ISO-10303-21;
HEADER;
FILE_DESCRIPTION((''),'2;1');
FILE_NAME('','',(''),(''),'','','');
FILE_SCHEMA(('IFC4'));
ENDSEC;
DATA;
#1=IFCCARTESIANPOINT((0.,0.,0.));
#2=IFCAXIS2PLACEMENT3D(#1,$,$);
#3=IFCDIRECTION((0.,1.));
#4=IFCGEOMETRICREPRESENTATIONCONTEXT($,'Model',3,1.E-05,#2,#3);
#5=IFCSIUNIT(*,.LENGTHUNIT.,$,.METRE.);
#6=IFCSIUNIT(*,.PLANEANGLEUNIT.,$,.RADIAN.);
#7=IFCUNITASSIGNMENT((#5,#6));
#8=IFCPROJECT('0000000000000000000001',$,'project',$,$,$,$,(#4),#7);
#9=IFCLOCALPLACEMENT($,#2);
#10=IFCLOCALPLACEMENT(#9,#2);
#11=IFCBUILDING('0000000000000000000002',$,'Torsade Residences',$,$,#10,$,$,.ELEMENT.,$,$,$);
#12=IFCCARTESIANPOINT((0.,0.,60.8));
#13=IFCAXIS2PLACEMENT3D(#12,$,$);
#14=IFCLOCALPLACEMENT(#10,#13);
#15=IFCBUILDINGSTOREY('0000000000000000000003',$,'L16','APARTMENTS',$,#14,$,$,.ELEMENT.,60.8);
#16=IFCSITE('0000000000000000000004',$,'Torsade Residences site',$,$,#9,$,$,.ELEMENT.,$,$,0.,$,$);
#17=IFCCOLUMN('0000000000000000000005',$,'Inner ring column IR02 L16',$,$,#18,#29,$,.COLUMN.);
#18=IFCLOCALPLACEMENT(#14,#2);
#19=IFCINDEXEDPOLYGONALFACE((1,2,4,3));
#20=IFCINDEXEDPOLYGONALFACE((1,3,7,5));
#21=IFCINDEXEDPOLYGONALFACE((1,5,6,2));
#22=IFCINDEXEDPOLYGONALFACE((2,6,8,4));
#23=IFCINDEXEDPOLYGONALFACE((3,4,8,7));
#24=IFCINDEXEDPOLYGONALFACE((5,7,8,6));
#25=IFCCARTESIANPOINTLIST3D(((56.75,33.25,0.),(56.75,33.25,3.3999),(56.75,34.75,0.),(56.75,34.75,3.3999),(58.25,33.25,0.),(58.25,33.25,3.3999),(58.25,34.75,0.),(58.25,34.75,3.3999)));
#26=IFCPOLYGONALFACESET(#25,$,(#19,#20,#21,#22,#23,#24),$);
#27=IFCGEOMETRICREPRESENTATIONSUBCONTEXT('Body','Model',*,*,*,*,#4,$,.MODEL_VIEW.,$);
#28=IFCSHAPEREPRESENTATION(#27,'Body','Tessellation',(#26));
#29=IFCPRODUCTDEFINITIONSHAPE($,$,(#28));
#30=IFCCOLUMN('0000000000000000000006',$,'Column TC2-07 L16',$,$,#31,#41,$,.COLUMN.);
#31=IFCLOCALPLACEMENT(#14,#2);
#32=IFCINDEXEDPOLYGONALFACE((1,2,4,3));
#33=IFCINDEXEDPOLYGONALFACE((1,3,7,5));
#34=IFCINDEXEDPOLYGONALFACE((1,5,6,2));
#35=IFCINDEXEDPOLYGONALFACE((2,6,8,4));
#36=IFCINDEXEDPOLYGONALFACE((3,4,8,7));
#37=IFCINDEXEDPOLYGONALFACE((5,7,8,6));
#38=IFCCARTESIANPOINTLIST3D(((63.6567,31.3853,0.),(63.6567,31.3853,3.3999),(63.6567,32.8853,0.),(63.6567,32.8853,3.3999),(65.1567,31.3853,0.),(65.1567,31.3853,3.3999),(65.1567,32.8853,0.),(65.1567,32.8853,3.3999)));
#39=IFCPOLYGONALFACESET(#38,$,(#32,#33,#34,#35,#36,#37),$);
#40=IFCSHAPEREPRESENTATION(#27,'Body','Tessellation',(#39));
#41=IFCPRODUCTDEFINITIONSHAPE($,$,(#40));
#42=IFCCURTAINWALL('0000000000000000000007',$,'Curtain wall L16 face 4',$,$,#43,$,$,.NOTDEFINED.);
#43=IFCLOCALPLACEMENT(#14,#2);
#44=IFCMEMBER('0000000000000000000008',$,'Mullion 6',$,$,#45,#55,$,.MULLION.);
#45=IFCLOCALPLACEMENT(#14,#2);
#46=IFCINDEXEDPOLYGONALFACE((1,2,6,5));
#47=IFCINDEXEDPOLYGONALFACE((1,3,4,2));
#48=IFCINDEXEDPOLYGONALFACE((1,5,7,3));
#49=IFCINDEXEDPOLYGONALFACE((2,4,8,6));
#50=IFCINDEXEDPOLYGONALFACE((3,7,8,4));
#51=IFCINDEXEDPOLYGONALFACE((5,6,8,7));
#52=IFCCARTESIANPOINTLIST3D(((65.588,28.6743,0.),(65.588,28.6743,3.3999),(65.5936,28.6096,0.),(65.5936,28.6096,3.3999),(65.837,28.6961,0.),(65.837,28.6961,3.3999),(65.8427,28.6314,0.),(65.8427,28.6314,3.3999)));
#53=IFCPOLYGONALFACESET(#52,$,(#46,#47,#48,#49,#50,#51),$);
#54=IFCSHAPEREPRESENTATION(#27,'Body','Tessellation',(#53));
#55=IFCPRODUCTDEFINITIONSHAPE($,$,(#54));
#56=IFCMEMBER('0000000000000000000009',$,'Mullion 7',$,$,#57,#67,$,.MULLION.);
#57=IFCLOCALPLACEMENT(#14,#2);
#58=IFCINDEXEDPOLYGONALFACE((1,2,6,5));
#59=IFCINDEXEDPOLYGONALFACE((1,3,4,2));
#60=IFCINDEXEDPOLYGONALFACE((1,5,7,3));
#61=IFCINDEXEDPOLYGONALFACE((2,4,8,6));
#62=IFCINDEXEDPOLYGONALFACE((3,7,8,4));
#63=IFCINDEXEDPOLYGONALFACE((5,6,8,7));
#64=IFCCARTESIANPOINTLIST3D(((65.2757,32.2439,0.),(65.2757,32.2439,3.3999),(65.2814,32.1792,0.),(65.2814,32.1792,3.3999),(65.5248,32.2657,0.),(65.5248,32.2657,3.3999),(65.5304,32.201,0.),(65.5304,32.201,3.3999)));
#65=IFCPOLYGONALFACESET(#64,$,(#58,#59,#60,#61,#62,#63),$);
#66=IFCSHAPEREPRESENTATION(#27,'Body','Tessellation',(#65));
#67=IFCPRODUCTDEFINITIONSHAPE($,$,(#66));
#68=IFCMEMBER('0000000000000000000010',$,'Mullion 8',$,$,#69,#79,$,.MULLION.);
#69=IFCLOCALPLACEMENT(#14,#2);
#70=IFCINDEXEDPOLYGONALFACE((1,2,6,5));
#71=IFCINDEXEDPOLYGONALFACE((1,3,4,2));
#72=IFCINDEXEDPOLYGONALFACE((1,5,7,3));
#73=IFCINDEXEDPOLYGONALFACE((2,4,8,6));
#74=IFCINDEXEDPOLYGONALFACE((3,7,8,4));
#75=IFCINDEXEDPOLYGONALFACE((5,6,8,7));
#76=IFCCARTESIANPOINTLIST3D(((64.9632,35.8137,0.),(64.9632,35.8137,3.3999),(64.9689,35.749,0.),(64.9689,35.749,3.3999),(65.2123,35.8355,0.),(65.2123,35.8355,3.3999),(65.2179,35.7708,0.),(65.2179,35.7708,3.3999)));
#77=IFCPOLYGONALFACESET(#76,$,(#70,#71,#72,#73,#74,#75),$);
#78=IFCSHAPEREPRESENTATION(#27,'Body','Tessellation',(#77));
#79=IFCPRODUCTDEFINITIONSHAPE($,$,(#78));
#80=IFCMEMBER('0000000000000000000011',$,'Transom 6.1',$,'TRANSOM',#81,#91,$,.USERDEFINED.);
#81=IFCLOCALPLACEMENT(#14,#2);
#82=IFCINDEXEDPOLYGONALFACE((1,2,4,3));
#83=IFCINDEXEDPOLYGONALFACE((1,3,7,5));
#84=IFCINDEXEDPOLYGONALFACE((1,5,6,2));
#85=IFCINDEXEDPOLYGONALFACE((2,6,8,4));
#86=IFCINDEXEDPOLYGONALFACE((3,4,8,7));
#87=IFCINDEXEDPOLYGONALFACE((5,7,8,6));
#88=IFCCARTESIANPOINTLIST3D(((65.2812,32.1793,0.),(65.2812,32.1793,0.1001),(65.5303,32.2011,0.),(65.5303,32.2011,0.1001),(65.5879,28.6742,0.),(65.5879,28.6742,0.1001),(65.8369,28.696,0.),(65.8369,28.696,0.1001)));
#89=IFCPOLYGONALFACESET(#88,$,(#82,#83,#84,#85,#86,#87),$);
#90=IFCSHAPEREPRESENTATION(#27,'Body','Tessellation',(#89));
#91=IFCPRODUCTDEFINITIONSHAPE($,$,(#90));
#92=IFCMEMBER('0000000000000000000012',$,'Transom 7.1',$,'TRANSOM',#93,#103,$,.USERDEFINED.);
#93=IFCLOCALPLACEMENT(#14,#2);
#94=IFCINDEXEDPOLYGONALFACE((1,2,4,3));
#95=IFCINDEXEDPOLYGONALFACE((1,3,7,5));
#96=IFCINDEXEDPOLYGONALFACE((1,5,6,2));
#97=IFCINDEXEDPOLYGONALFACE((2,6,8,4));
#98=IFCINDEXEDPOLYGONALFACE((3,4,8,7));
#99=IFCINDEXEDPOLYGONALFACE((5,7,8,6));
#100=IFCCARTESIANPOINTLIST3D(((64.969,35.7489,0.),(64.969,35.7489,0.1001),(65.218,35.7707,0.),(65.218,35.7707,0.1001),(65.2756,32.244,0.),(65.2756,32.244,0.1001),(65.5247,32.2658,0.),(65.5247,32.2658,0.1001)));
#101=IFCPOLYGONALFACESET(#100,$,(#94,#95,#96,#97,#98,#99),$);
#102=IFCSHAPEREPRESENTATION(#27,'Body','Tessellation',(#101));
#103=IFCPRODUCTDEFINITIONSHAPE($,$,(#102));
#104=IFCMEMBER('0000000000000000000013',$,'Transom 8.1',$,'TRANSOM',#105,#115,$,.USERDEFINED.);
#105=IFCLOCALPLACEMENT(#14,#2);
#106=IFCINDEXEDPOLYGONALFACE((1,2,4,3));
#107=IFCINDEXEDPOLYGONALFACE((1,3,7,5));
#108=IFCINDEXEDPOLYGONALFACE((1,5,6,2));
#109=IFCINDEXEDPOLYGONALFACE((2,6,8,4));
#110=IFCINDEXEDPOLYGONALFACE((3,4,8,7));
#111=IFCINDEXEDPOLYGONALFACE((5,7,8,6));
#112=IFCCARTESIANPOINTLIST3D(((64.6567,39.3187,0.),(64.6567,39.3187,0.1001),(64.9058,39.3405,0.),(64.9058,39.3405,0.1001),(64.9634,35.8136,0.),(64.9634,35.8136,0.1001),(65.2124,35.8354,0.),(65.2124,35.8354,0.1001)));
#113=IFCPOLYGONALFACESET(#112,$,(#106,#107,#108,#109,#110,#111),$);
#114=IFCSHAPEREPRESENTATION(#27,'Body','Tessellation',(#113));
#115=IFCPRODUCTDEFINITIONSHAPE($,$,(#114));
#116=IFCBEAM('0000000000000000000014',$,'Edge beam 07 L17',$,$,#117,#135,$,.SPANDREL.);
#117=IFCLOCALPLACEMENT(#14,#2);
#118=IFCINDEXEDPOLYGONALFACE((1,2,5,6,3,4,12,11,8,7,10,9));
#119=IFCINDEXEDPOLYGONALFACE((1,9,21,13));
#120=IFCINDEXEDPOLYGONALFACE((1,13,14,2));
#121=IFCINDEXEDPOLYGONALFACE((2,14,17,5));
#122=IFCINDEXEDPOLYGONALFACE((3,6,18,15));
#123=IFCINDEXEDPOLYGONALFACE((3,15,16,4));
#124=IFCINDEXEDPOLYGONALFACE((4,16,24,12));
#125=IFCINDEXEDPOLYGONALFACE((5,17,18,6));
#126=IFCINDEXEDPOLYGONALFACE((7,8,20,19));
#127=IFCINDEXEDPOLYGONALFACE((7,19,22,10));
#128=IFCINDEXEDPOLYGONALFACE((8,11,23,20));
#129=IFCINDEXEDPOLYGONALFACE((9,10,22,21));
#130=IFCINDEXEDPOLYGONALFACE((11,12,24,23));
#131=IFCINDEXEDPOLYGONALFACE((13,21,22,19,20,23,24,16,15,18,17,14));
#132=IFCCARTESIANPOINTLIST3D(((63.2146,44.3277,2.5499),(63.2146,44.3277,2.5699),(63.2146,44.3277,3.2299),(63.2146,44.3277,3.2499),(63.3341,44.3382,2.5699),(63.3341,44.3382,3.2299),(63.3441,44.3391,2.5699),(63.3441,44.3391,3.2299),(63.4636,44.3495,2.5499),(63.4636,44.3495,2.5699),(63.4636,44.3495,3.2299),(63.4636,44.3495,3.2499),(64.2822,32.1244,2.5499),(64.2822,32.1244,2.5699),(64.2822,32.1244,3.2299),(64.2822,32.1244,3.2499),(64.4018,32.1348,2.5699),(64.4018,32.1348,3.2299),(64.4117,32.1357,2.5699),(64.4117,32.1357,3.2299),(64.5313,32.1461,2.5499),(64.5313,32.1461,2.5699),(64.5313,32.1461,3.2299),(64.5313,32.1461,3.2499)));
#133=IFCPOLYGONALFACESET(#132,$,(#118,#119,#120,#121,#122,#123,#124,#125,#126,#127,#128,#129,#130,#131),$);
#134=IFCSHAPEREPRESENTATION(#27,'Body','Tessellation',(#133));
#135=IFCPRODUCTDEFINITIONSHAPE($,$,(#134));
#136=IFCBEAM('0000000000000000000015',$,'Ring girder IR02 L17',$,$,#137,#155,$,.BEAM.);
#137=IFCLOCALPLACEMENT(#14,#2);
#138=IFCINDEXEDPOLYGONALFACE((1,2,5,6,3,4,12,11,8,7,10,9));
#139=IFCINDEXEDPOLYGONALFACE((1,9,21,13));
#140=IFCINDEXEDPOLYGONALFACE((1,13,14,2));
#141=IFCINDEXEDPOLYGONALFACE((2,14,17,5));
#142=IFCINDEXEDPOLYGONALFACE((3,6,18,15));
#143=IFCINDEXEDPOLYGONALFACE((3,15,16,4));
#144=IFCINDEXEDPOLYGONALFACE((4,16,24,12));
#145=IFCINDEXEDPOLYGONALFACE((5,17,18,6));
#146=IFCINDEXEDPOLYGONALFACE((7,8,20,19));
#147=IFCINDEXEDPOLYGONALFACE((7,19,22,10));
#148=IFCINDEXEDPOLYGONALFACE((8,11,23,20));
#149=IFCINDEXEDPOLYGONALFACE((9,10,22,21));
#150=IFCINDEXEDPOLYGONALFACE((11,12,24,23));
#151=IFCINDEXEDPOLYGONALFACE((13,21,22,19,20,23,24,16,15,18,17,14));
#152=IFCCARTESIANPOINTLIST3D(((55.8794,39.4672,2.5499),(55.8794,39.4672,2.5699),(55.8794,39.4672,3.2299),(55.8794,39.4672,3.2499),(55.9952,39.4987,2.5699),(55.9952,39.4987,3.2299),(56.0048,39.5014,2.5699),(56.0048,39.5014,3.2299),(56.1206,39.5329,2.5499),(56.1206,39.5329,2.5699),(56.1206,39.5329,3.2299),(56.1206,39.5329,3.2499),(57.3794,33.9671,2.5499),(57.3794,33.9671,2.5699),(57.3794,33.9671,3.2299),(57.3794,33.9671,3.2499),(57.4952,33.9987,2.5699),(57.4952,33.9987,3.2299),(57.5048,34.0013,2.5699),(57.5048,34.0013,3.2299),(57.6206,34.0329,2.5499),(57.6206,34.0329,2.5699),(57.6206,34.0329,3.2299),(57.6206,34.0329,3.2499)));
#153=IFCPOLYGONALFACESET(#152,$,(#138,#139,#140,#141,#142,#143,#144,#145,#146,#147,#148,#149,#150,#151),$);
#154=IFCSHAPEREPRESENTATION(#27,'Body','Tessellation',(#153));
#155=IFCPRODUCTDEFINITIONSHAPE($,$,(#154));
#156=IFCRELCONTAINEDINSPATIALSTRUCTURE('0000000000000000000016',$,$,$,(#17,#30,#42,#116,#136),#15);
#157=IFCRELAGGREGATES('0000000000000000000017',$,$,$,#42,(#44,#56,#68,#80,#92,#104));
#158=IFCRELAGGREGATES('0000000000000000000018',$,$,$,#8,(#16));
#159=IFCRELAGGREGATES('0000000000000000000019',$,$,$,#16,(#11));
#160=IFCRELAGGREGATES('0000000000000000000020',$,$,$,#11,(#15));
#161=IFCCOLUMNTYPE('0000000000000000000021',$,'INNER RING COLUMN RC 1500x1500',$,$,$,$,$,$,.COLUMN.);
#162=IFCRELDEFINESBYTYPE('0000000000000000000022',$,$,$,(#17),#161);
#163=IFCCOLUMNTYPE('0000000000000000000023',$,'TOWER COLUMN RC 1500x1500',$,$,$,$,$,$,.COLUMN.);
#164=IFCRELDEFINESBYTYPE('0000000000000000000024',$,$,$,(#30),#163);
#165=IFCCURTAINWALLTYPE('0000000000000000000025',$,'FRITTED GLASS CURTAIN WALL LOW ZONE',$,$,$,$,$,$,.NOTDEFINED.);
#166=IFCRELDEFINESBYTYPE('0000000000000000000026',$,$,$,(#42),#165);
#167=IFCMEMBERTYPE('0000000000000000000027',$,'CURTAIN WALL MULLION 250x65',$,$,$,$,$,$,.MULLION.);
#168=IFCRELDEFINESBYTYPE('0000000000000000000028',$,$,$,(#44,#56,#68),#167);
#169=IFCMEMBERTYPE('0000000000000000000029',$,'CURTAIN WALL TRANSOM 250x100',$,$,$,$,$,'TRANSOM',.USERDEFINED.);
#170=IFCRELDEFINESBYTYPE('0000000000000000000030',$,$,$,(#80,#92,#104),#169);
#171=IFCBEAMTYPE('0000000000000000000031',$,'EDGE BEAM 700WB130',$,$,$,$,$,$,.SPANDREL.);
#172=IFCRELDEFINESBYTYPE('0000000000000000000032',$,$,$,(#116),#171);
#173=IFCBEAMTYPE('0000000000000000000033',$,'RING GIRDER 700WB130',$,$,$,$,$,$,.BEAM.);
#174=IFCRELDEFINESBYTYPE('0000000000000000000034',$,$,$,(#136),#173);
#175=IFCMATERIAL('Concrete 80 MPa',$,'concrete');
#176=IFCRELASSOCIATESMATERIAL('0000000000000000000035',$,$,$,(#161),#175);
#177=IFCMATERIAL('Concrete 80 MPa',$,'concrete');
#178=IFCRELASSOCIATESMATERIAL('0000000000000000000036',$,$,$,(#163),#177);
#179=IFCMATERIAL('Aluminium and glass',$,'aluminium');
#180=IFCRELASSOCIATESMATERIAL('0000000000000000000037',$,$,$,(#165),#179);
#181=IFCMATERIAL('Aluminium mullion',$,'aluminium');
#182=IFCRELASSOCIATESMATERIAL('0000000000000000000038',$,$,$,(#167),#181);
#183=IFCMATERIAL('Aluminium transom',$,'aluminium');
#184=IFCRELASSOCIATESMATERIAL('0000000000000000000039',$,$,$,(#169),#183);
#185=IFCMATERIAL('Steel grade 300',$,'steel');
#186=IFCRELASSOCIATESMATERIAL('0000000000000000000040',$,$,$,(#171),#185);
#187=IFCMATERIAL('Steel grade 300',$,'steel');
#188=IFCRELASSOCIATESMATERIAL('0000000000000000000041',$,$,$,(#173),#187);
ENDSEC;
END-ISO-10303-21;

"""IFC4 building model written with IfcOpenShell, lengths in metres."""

from ifc_helpers import new_model, si_unit, direction, frame, origin, origin_2d, place, context, subcontext, project, spatial, rectangle, i_section, extrude, material, material_profile, profile_set, type_object, element, aggregate, save


model = new_model("IFC4")

# Units and contexts
model_context = context("Model", 3, precision=1e-05, world=origin(), true_north=direction((0.0, 1.0)))
body_context = subcontext(model_context, "Body", "Model", "MODEL_VIEW")
ifc_project = project(units=[si_unit("LENGTHUNIT", "METRE"), si_unit("PLANEANGLEUNIT", "RADIAN")], contexts=[model_context])

# Site, building, storey
site_placement = place(None, origin())
site = spatial("IfcSite", under=ifc_project, at=site_placement, Name="Torsade Residences site", CompositionType="ELEMENT", RefElevation=0.0)
building_placement = place(site_placement, origin())
building = spatial("IfcBuilding", under=site, at=building_placement, Name="Torsade Residences", CompositionType="ELEMENT")
storey_placement = place(building_placement, frame((0.0, 0.0, 60.8)))
storey = spatial("IfcBuildingStorey", under=building, at=storey_placement, Name="L16", Description="APARTMENTS", CompositionType="ELEMENT", Elevation=60.8)

# Columns
ifc_material_1 = material(Name="Concrete 80 MPa", Category="concrete")
ifc_material_profile_1 = material_profile(ifc_material_1, rectangle(XDim=1.5, YDim=1.5, at=origin_2d()), Name="RC 1500x1500")
ifc_profile_set_1 = profile_set([ifc_material_profile_1], Name="Concrete 80 MPa")
column_type_1 = type_object("IfcColumnType", Name="INNER RING COLUMN RC 1500x1500", PredefinedType="COLUMN", material=ifc_profile_set_1)
column_1_placement = place(storey_placement, frame((57.5, 34.0, 0.0), z_axis=(0.0, 0.0, 1.0), x_axis=(1.0, 0.0, 0.0)))
element("IfcColumn", 1, at=column_1_placement, inside=storey, type_object=column_type_1, Name="Inner ring column IR02 L16", PredefinedType="COLUMN", context=body_context, shape_type="SweptSolid", body=[
    extrude(rectangle(XDim=1.5, YDim=1.5, at=origin_2d()), origin(), (0.0, 0.0, 1.0), 3.3999),
])
ifc_material_2 = material(Name="Concrete 80 MPa", Category="concrete")
ifc_material_profile_2 = material_profile(ifc_material_2, rectangle(XDim=1.5, YDim=1.5, at=origin_2d()), Name="RC 1500x1500")
ifc_profile_set_2 = profile_set([ifc_material_profile_2], Name="Concrete 80 MPa")
column_type_2 = type_object("IfcColumnType", Name="TOWER COLUMN RC 1500x1500", PredefinedType="COLUMN", material=ifc_profile_set_2)
column_2_placement = place(storey_placement, frame((64.4067, 32.1353, 0.0), z_axis=(0.0, 0.0, 1.0), x_axis=(1.0, 0.0, 0.0)))
element("IfcColumn", 2, at=column_2_placement, inside=storey, type_object=column_type_2, Name="Column TC2-07 L16", PredefinedType="COLUMN", context=body_context, shape_type="SweptSolid", body=[
    extrude(rectangle(XDim=1.5, YDim=1.5, at=origin_2d()), origin(), (0.0, 0.0, 1.0), 3.3999),
])

# Curtain wall, members
ifc_material_3 = material(Name="Aluminium and glass", Category="aluminium")
curtain_wall_type = type_object("IfcCurtainWallType", Name="FRITTED GLASS CURTAIN WALL LOW ZONE", PredefinedType="NOTDEFINED", material=ifc_material_3)
curtain_wall_placement = place(storey_placement, origin())
curtain_wall = element("IfcCurtainWall", 3, at=curtain_wall_placement, inside=storey, type_object=curtain_wall_type, Name="Curtain wall L16 face 4", PredefinedType="NOTDEFINED")
ifc_material_4 = material(Name="Aluminium mullion", Category="aluminium")
ifc_material_profile_3 = material_profile(ifc_material_4, rectangle(XDim=0.25, YDim=0.0649, at=origin_2d()), Name="CURTAIN WALL MULLION 250x65")
ifc_profile_set_3 = profile_set([ifc_material_profile_3], Name="Aluminium mullion")
member_type_1 = type_object("IfcMemberType", Name="CURTAIN WALL MULLION 250x65", PredefinedType="MULLION", material=ifc_profile_set_3)
member_1_placement = place(storey_placement, frame((65.7153, 28.6528, 0.0), z_axis=(0.0, 0.0, 1.0), x_axis=(-0.996195, -0.087156, 0.0)))
member_1 = element("IfcMember", 4, at=member_1_placement, type_object=member_type_1, Name="Mullion 6", PredefinedType="MULLION", context=body_context, shape_type="SweptSolid", body=[
    extrude(rectangle(XDim=0.25, YDim=0.0649, at=origin_2d()), origin(), (0.0, 0.0, 1.0), 3.3999),
])
member_2_placement = place(storey_placement, frame((65.4031, 32.2224, 0.0), z_axis=(0.0, 0.0, 1.0), x_axis=(-0.996195, -0.087156, 0.0)))
member_2 = element("IfcMember", 5, at=member_2_placement, type_object=member_type_1, Name="Mullion 7", PredefinedType="MULLION", context=body_context, shape_type="SweptSolid", body=[
    extrude(rectangle(XDim=0.25, YDim=0.0649, at=origin_2d()), origin(), (0.0, 0.0, 1.0), 3.3999),
])
member_3_placement = place(storey_placement, frame((65.0906, 35.7922, 0.0), z_axis=(0.0, 0.0, 1.0), x_axis=(-0.996195, -0.087156, 0.0)))
member_3 = element("IfcMember", 6, at=member_3_placement, type_object=member_type_1, Name="Mullion 8", PredefinedType="MULLION", context=body_context, shape_type="SweptSolid", body=[
    extrude(rectangle(XDim=0.25, YDim=0.0649, at=origin_2d()), origin(), (0.0, 0.0, 1.0), 3.3999),
])
ifc_material_5 = material(Name="Aluminium transom", Category="aluminium")
ifc_material_profile_4 = material_profile(ifc_material_5, rectangle(XDim=0.25, YDim=0.1001, at=origin_2d()), Name="CURTAIN WALL TRANSOM 250x100")
ifc_profile_set_4 = profile_set([ifc_material_profile_4], Name="Aluminium transom")
member_type_2 = type_object("IfcMemberType", Name="CURTAIN WALL TRANSOM 250x100", ElementType="TRANSOM", PredefinedType="USERDEFINED", material=ifc_profile_set_4)
member_4_placement = place(storey_placement, frame((65.7124, 28.6851, 0.05), z_axis=(-0.087151, 0.996195, 0.0), x_axis=(-0.996195, -0.087151, 0.0)))
member_4 = element("IfcMember", 7, at=member_4_placement, type_object=member_type_2, Name="Transom 6.1", ObjectType="TRANSOM", PredefinedType="USERDEFINED", context=body_context, shape_type="SweptSolid", body=[
    extrude(rectangle(XDim=0.25, YDim=0.1001, at=origin_2d()), origin(), (0.0, 0.0, 1.0), 3.5186),
])
member_5_placement = place(storey_placement, frame((65.4001, 32.2549, 0.05), z_axis=(-0.087157, 0.996195, 0.0), x_axis=(-0.996195, -0.087157, 0.0)))
member_5 = element("IfcMember", 8, at=member_5_placement, type_object=member_type_2, Name="Transom 7.1", ObjectType="TRANSOM", PredefinedType="USERDEFINED", context=body_context, shape_type="SweptSolid", body=[
    extrude(rectangle(XDim=0.25, YDim=0.1001, at=origin_2d()), origin(), (0.0, 0.0, 1.0), 3.5183),
])
member_6_placement = place(storey_placement, frame((65.0879, 35.8245, 0.05), z_axis=(-0.087151, 0.996195, 0.0), x_axis=(-0.996195, -0.087151, 0.0)))
member_6 = element("IfcMember", 9, at=member_6_placement, type_object=member_type_2, Name="Transom 8.1", ObjectType="TRANSOM", PredefinedType="USERDEFINED", context=body_context, shape_type="SweptSolid", body=[
    extrude(rectangle(XDim=0.25, YDim=0.1001, at=origin_2d()), origin(), (0.0, 0.0, 1.0), 3.5186),
])

# Beams
ifc_material_6 = material(Name="Steel grade 300", Category="steel")
ifc_material_profile_5 = material_profile(ifc_material_6, i_section(OverallWidth=0.25, OverallDepth=0.7, WebThickness=0.01, FlangeThickness=0.02, at=origin_2d()), Name="700WB130")
ifc_profile_set_5 = profile_set([ifc_material_profile_5], Name="Steel grade 300")
beam_type_1 = type_object("IfcBeamType", Name="EDGE BEAM 700WB130", PredefinedType="SPANDREL", material=ifc_profile_set_5)
beam_1_placement = place(storey_placement, frame((64.4067, 32.1353, 2.8999), z_axis=(-0.087153, 0.996195, 0.0), x_axis=(-0.996195, -0.087153, 0.0)))
element("IfcBeam", 10, at=beam_1_placement, inside=storey, type_object=beam_type_1, Name="Edge beam 07 L17", PredefinedType="SPANDREL", context=body_context, shape_type="SweptSolid", body=[
    extrude(i_section(OverallWidth=0.25, OverallDepth=0.7, WebThickness=0.01, FlangeThickness=0.02, at=origin_2d()), origin(), (0.0, 0.0, 1.0), 12.25),
])
ifc_material_7 = material(Name="Steel grade 300", Category="steel")
ifc_material_profile_6 = material_profile(ifc_material_7, i_section(OverallWidth=0.25, OverallDepth=0.7, WebThickness=0.01, FlangeThickness=0.02, at=origin_2d()), Name="700WB130")
ifc_profile_set_6 = profile_set([ifc_material_profile_6], Name="Steel grade 300")
beam_type_2 = type_object("IfcBeamType", Name="RING GIRDER 700WB130", PredefinedType="BEAM", material=ifc_profile_set_6)
beam_2_placement = place(storey_placement, frame((57.5, 34.0, 2.8999), z_axis=(-0.263117, 0.964764, 0.0), x_axis=(-0.964764, -0.263117, 0.0)))
element("IfcBeam", 11, at=beam_2_placement, inside=storey, type_object=beam_type_2, Name="Ring girder IR02 L17", PredefinedType="BEAM", context=body_context, shape_type="SweptSolid", body=[
    extrude(i_section(OverallWidth=0.25, OverallDepth=0.7, WebThickness=0.01, FlangeThickness=0.02, at=origin_2d()), origin(), (0.0, 0.0, 1.0), 5.7009),
])

aggregate(curtain_wall, [member_1, member_2, member_3, member_4, member_5, member_6])

save(model, "model.ifc")
